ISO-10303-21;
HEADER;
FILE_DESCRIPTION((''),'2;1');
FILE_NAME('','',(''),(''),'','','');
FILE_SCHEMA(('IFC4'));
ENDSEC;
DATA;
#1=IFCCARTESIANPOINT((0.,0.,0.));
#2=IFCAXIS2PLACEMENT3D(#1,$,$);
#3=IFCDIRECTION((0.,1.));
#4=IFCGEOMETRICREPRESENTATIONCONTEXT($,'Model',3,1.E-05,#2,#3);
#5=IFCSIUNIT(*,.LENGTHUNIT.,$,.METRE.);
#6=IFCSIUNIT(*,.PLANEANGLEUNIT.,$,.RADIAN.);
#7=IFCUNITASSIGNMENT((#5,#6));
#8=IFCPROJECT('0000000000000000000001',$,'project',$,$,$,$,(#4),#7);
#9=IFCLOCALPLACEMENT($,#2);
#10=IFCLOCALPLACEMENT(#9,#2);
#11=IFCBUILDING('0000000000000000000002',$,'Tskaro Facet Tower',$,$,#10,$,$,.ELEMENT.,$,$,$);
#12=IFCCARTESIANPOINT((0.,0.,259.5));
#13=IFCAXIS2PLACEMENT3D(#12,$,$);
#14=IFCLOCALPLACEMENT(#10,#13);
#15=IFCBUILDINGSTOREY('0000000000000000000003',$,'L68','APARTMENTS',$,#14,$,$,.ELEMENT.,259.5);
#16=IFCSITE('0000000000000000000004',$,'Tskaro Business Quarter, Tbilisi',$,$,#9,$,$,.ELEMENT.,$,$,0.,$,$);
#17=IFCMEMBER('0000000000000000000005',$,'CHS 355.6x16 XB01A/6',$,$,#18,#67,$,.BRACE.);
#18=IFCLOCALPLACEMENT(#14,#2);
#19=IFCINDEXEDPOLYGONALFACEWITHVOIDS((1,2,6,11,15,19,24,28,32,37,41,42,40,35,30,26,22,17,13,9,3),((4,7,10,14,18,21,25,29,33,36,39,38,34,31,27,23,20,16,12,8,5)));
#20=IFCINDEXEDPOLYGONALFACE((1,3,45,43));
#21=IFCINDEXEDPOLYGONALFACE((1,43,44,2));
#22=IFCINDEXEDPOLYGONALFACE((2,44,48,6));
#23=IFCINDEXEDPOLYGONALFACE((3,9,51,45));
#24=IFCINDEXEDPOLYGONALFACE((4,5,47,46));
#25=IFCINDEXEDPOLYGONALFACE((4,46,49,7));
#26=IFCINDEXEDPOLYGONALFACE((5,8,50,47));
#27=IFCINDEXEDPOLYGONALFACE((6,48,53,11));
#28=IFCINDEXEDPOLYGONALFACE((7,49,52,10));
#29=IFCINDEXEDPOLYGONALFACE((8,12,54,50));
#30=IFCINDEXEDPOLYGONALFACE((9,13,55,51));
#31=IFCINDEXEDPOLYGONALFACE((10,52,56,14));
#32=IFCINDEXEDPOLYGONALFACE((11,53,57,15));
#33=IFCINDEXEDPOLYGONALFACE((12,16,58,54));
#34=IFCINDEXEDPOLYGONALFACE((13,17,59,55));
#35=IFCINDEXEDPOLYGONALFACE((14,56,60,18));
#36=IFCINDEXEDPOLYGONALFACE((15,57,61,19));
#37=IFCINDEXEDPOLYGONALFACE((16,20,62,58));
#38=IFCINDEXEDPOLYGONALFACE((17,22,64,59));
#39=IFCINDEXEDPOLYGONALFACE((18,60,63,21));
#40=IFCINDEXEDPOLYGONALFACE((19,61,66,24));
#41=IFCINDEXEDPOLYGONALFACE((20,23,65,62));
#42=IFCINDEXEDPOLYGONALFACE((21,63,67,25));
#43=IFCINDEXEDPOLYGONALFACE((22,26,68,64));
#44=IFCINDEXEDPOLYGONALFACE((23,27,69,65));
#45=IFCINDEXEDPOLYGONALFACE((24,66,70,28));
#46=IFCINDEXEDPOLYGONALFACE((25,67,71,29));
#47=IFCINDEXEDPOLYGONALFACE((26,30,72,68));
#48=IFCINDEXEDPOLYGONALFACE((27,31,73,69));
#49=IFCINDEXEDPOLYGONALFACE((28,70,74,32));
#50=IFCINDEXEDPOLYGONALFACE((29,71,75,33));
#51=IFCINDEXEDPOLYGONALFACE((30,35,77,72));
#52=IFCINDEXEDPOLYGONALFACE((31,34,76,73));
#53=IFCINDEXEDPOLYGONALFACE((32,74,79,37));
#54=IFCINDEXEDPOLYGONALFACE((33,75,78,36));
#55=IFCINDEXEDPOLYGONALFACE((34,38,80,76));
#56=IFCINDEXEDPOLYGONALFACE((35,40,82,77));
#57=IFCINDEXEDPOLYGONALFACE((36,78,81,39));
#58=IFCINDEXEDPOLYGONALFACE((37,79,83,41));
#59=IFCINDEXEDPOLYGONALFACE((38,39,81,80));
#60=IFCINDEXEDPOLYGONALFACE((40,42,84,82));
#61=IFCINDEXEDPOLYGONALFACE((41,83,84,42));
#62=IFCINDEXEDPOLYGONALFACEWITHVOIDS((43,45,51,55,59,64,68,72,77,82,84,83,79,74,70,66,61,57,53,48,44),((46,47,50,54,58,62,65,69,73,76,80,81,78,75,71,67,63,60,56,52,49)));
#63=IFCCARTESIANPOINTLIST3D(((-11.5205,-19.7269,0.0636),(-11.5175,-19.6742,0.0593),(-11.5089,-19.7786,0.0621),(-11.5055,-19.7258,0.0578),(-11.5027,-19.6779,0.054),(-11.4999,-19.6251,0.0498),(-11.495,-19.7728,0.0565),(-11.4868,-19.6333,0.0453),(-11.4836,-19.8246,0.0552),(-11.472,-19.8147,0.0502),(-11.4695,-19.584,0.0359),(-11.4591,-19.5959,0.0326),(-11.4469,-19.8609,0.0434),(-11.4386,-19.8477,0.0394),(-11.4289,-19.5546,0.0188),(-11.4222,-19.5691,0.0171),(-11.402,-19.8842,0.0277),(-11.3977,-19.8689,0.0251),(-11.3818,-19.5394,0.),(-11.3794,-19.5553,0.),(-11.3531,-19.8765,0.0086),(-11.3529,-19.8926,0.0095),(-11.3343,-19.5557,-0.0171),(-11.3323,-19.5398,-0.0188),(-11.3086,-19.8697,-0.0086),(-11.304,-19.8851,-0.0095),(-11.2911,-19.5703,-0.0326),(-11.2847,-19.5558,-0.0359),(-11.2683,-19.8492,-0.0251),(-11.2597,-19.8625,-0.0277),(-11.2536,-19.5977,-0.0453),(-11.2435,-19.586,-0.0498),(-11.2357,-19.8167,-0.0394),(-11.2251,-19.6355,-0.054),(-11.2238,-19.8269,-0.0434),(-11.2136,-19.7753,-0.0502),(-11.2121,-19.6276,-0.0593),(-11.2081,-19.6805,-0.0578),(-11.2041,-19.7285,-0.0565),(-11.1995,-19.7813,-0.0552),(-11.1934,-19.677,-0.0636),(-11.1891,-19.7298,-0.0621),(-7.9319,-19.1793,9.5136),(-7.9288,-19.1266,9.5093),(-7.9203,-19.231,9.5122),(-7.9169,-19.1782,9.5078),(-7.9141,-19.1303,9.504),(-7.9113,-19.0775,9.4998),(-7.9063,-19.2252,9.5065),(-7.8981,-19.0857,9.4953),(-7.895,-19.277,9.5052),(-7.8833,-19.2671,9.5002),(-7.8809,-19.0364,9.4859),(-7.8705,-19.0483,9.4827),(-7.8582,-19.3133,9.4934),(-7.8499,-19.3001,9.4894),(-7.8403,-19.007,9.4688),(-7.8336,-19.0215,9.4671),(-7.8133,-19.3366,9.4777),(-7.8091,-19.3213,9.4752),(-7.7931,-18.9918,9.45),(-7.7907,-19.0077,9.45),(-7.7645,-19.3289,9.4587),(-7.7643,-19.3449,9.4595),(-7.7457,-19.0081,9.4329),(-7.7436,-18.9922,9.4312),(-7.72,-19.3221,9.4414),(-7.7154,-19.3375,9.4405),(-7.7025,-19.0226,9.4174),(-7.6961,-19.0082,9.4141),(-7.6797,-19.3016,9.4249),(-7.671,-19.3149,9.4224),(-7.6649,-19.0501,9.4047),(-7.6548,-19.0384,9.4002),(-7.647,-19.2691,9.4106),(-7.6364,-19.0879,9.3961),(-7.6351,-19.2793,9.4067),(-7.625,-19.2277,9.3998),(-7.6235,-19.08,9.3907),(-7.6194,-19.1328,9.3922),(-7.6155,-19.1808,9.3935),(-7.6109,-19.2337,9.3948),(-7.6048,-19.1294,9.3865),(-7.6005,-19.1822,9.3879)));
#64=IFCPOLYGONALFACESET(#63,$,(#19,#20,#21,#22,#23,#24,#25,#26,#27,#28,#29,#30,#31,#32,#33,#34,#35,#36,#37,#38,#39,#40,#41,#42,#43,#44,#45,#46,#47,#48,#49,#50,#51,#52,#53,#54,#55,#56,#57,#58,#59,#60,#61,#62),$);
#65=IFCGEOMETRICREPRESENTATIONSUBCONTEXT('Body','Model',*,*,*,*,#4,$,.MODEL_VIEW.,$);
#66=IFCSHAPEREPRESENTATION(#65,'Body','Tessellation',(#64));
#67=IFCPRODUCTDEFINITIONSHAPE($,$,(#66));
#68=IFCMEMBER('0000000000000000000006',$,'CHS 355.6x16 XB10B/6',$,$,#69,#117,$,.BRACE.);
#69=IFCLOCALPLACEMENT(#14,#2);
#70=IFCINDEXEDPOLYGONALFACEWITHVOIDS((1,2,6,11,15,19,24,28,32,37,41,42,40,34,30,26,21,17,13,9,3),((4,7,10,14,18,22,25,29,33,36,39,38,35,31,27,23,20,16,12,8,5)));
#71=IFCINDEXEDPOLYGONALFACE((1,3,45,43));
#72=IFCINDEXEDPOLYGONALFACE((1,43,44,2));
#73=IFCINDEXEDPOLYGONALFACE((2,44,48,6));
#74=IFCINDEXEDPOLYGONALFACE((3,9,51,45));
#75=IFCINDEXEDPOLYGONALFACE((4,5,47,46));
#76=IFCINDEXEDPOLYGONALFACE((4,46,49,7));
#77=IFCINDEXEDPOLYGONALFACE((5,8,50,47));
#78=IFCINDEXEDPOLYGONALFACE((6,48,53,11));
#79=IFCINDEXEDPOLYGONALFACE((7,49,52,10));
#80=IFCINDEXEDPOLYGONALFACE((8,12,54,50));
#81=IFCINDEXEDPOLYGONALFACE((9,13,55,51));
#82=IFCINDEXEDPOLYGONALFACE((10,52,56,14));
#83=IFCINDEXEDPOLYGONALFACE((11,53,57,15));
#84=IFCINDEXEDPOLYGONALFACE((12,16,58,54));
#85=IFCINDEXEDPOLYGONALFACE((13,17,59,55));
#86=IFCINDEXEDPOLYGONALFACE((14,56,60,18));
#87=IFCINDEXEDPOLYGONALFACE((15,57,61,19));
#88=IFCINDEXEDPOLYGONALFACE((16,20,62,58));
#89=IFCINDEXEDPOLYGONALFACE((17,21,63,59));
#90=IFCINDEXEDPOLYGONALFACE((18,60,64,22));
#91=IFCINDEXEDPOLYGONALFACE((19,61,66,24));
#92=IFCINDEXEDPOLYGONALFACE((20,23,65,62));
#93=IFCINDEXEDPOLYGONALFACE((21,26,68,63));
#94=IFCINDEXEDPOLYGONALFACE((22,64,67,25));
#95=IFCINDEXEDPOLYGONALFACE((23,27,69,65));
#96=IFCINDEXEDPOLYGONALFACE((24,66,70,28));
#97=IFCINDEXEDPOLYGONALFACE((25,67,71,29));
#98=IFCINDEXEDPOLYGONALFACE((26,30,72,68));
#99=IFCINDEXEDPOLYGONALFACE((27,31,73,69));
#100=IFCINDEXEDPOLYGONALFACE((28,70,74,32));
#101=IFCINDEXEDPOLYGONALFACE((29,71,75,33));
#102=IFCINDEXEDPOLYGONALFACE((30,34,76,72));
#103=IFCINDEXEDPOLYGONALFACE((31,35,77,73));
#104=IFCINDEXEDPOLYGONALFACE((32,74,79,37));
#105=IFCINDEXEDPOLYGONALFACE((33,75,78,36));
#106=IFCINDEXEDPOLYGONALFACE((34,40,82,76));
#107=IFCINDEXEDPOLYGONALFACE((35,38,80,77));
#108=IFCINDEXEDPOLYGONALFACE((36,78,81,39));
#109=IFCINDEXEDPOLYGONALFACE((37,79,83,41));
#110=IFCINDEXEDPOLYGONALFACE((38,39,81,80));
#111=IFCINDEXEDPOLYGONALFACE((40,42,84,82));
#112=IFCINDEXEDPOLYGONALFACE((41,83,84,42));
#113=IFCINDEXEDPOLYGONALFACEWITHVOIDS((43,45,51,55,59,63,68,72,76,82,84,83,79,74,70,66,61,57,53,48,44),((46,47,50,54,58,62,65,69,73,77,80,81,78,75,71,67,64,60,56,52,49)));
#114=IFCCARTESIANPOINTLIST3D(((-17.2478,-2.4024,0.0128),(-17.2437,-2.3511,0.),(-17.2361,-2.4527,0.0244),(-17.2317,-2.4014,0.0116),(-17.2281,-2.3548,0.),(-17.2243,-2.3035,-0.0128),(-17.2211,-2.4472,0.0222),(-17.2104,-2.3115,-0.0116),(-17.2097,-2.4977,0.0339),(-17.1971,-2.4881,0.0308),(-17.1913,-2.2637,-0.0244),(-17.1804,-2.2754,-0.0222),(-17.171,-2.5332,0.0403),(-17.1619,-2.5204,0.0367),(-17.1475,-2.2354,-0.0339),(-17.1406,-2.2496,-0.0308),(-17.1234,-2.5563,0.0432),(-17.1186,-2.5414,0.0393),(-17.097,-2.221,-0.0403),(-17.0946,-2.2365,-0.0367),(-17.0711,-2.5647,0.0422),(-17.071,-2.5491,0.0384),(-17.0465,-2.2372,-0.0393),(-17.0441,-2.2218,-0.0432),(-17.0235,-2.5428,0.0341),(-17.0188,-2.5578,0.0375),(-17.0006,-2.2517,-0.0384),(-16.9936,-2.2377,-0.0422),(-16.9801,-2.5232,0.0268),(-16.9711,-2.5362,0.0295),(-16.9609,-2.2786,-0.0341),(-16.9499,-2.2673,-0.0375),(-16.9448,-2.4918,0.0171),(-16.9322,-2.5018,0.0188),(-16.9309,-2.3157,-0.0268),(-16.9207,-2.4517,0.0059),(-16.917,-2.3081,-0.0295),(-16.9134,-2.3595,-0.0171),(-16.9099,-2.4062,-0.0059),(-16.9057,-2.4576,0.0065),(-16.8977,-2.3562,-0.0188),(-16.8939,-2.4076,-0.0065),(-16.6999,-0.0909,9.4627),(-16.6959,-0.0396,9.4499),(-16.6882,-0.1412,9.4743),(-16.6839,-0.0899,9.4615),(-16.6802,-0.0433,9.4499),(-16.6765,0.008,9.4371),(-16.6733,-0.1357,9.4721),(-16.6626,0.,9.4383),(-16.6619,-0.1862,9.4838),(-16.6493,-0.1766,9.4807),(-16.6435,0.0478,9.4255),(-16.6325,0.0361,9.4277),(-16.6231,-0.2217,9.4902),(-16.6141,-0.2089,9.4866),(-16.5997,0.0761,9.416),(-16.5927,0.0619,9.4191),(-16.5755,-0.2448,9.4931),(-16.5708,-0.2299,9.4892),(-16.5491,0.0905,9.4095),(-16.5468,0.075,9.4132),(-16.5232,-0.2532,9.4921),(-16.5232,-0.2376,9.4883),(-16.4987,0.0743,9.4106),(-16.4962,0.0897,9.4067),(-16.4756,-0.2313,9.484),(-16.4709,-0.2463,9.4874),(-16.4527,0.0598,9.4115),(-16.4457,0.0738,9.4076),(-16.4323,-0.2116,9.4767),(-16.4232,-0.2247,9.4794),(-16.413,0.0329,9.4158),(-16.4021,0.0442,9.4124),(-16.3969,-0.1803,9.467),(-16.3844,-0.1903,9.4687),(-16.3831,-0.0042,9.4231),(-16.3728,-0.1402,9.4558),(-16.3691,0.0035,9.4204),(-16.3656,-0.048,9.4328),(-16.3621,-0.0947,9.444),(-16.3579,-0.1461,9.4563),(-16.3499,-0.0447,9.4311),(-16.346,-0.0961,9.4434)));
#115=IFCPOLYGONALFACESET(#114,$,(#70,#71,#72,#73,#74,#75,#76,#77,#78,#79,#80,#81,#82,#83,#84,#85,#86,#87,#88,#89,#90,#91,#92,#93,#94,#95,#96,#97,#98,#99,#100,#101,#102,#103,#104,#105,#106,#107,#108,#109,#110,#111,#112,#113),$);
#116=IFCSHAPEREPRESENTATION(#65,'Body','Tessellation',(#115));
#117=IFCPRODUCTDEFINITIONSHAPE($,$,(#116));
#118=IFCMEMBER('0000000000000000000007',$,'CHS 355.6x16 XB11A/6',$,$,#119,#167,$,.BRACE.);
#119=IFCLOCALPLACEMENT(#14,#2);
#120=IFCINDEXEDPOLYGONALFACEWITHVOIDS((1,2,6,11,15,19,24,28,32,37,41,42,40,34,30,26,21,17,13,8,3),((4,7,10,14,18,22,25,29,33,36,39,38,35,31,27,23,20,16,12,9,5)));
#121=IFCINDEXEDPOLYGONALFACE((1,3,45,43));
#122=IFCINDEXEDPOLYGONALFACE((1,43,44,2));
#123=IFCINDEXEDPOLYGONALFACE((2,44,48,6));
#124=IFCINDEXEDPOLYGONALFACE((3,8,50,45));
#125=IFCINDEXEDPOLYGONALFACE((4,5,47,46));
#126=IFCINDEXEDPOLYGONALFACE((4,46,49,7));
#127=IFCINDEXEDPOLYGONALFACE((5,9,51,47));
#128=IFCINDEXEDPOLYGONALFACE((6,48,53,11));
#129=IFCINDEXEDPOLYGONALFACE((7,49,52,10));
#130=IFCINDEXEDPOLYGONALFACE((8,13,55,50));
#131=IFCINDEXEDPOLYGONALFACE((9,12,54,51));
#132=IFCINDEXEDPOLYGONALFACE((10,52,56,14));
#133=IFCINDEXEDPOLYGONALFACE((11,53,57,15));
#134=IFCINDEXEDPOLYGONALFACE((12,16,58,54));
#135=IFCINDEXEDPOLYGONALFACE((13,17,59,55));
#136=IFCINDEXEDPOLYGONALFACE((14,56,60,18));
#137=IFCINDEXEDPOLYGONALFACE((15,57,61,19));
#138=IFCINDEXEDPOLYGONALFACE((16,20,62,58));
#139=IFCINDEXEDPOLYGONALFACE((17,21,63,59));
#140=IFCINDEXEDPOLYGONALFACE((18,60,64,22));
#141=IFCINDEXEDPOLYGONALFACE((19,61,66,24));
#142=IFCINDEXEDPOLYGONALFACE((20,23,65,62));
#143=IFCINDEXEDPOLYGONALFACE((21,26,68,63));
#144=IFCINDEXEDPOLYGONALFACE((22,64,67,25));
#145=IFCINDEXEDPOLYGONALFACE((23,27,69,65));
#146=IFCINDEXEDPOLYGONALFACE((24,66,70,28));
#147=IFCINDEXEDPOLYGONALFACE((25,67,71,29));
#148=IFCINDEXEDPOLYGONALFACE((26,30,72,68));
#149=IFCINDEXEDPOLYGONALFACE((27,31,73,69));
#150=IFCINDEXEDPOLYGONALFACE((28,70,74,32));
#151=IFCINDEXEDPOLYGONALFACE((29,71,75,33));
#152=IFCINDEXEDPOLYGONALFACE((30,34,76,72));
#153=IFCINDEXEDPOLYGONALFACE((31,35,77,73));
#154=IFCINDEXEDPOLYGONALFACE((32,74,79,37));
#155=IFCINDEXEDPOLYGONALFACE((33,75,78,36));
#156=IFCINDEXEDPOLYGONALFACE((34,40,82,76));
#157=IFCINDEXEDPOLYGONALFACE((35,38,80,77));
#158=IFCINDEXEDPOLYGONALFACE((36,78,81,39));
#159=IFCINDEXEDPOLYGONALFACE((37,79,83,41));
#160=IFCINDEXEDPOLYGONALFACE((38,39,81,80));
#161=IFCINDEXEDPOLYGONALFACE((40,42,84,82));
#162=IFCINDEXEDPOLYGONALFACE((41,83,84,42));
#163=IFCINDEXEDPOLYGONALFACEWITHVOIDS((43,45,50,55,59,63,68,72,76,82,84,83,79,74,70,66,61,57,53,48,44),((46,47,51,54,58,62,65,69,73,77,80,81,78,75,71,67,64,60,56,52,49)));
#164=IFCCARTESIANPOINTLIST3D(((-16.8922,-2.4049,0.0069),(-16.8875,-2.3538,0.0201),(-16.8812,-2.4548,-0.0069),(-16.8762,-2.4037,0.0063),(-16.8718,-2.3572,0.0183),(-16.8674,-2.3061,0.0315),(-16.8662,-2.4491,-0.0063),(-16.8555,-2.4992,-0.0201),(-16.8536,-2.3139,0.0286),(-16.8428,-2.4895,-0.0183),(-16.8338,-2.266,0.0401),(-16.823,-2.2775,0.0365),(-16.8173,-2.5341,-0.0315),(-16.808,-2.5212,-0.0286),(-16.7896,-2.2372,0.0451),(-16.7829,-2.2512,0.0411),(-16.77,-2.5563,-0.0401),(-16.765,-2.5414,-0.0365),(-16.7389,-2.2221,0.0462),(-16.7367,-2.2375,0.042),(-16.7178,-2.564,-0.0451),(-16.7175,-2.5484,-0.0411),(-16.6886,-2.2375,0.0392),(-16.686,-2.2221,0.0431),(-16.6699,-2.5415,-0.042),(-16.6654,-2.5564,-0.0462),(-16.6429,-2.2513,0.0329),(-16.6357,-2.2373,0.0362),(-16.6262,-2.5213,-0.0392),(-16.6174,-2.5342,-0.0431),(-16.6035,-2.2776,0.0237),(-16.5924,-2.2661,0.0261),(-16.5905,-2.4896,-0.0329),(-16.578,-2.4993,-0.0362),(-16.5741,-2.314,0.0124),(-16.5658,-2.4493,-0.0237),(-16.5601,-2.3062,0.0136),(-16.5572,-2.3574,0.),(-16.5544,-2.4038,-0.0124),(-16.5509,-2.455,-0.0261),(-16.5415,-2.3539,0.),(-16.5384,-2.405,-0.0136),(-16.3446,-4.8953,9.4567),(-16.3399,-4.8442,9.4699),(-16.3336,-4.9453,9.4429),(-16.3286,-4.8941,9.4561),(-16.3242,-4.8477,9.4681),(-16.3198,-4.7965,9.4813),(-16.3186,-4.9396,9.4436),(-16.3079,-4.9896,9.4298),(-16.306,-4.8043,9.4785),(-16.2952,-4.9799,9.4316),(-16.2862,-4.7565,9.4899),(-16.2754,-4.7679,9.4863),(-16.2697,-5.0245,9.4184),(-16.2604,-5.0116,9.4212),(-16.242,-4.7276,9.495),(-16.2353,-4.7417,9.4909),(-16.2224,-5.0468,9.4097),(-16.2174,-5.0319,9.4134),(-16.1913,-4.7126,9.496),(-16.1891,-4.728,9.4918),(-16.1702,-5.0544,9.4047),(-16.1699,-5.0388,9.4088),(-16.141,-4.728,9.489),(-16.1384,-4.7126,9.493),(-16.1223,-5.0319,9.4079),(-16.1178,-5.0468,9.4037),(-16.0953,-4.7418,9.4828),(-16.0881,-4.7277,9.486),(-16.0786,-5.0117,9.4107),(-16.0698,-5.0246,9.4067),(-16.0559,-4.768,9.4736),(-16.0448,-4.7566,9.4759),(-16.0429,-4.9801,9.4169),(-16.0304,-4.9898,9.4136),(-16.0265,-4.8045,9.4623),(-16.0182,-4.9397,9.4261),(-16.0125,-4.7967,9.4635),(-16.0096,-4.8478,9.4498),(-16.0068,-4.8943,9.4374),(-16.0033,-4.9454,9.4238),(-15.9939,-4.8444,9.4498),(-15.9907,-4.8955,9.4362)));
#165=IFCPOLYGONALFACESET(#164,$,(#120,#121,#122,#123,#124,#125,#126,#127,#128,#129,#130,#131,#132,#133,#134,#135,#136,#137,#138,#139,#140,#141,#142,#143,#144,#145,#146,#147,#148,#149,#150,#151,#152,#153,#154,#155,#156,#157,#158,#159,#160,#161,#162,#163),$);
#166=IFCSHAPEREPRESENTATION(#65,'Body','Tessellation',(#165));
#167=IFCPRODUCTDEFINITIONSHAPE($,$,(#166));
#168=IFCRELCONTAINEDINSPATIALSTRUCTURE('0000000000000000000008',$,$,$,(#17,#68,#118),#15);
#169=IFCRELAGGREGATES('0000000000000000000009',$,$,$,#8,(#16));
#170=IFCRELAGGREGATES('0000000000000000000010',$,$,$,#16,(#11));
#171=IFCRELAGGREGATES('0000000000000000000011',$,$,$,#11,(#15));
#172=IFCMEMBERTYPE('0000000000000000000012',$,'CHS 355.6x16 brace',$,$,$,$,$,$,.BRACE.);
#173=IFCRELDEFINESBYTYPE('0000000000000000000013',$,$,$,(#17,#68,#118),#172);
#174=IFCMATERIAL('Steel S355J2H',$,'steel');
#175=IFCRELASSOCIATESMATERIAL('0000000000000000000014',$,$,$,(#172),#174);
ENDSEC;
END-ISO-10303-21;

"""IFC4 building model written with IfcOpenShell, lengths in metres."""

from ifc_helpers import new_model, si_unit, direction, frame, origin, origin_2d, place, context, subcontext, project, spatial, hollow_circle, extrude, material, material_profile, profile_set, type_object, element, save


model = new_model("IFC4")

# Units and contexts
model_context = context("Model", 3, precision=1e-05, world=origin(), true_north=direction((0.0, 1.0)))
body_context = subcontext(model_context, "Body", "Model", "MODEL_VIEW")
ifc_project = project(units=[si_unit("LENGTHUNIT", "METRE"), si_unit("PLANEANGLEUNIT", "RADIAN")], contexts=[model_context])

# Site, building, storey
site_placement = place(None, origin())
site = spatial("IfcSite", under=ifc_project, at=site_placement, Name="Tskaro Business Quarter, Tbilisi", CompositionType="ELEMENT", RefElevation=0.0)
building_placement = place(site_placement, origin())
building = spatial("IfcBuilding", under=site, at=building_placement, Name="Tskaro Facet Tower", CompositionType="ELEMENT")
storey_placement = place(building_placement, frame((0.0, 0.0, 259.5)))
storey = spatial("IfcBuildingStorey", under=building, at=storey_placement, Name="L68", Description="APARTMENTS", CompositionType="ELEMENT", Elevation=259.5)

# Shared definitions
ifc_material_1 = material(Name="Steel S355J2H", Category="steel")

# Members
ifc_material_profile_1 = material_profile(ifc_material_1, hollow_circle(Radius=0.1777, WallThickness=0.0161, at=origin_2d()), Name="CHS 355.6x16")
ifc_profile_set_1 = profile_set([ifc_material_profile_1], Name="Steel S355J2H")
member_type_1 = type_object("IfcMemberType", Name="CHS 355.6x16 brace", PredefinedType="BRACE", material=ifc_profile_set_1)
member_1_placement = place(storey_placement, frame((-11.355, -19.7151, 0.0), z_axis=(0.354494, 0.054094, 0.933492), x_axis=(-0.150849, 0.988557, 0.0)))
element("IfcMember", 1, at=member_1_placement, inside=storey, type_object=member_type_1, Name="CHS 355.6x16 XB01A/6", PredefinedType="BRACE", context=body_context, shape_type="SweptSolid", body=[
    extrude(hollow_circle(Radius=0.1777, WallThickness=0.0161, at=origin_2d()), origin(), (0.0, 0.0, 1.0), 10.1233),
])
member_2_placement = place(storey_placement, frame((-17.0708, -2.3921, 0.0), z_axis=(0.056225, 0.237226, 0.969826), x_axis=(-0.973044, 0.23062, 0.0)))
element("IfcMember", 2, at=member_2_placement, inside=storey, type_object=member_type_1, Name="CHS 355.6x16 XB10B/6", PredefinedType="BRACE", context=body_context, shape_type="SweptSolid", body=[
    extrude(hollow_circle(Radius=0.1777, WallThickness=0.0161, at=origin_2d()), origin(), (0.0, 0.0, 1.0), 9.7439),
])
member_3_placement = place(storey_placement, frame((-16.7151, -2.3921, 0.0), z_axis=(0.055947, -0.254443, 0.965468), x_axis=(0.976669, 0.21475, 0.0)))
element("IfcMember", 3, at=member_3_placement, inside=storey, type_object=member_type_1, Name="CHS 355.6x16 XB11A/6", PredefinedType="BRACE", context=body_context, shape_type="SweptSolid", body=[
    extrude(hollow_circle(Radius=0.1777, WallThickness=0.0161, at=origin_2d()), origin(), (0.0, 0.0, 1.0), 9.7878),
])

save(model, "model.ifc")
